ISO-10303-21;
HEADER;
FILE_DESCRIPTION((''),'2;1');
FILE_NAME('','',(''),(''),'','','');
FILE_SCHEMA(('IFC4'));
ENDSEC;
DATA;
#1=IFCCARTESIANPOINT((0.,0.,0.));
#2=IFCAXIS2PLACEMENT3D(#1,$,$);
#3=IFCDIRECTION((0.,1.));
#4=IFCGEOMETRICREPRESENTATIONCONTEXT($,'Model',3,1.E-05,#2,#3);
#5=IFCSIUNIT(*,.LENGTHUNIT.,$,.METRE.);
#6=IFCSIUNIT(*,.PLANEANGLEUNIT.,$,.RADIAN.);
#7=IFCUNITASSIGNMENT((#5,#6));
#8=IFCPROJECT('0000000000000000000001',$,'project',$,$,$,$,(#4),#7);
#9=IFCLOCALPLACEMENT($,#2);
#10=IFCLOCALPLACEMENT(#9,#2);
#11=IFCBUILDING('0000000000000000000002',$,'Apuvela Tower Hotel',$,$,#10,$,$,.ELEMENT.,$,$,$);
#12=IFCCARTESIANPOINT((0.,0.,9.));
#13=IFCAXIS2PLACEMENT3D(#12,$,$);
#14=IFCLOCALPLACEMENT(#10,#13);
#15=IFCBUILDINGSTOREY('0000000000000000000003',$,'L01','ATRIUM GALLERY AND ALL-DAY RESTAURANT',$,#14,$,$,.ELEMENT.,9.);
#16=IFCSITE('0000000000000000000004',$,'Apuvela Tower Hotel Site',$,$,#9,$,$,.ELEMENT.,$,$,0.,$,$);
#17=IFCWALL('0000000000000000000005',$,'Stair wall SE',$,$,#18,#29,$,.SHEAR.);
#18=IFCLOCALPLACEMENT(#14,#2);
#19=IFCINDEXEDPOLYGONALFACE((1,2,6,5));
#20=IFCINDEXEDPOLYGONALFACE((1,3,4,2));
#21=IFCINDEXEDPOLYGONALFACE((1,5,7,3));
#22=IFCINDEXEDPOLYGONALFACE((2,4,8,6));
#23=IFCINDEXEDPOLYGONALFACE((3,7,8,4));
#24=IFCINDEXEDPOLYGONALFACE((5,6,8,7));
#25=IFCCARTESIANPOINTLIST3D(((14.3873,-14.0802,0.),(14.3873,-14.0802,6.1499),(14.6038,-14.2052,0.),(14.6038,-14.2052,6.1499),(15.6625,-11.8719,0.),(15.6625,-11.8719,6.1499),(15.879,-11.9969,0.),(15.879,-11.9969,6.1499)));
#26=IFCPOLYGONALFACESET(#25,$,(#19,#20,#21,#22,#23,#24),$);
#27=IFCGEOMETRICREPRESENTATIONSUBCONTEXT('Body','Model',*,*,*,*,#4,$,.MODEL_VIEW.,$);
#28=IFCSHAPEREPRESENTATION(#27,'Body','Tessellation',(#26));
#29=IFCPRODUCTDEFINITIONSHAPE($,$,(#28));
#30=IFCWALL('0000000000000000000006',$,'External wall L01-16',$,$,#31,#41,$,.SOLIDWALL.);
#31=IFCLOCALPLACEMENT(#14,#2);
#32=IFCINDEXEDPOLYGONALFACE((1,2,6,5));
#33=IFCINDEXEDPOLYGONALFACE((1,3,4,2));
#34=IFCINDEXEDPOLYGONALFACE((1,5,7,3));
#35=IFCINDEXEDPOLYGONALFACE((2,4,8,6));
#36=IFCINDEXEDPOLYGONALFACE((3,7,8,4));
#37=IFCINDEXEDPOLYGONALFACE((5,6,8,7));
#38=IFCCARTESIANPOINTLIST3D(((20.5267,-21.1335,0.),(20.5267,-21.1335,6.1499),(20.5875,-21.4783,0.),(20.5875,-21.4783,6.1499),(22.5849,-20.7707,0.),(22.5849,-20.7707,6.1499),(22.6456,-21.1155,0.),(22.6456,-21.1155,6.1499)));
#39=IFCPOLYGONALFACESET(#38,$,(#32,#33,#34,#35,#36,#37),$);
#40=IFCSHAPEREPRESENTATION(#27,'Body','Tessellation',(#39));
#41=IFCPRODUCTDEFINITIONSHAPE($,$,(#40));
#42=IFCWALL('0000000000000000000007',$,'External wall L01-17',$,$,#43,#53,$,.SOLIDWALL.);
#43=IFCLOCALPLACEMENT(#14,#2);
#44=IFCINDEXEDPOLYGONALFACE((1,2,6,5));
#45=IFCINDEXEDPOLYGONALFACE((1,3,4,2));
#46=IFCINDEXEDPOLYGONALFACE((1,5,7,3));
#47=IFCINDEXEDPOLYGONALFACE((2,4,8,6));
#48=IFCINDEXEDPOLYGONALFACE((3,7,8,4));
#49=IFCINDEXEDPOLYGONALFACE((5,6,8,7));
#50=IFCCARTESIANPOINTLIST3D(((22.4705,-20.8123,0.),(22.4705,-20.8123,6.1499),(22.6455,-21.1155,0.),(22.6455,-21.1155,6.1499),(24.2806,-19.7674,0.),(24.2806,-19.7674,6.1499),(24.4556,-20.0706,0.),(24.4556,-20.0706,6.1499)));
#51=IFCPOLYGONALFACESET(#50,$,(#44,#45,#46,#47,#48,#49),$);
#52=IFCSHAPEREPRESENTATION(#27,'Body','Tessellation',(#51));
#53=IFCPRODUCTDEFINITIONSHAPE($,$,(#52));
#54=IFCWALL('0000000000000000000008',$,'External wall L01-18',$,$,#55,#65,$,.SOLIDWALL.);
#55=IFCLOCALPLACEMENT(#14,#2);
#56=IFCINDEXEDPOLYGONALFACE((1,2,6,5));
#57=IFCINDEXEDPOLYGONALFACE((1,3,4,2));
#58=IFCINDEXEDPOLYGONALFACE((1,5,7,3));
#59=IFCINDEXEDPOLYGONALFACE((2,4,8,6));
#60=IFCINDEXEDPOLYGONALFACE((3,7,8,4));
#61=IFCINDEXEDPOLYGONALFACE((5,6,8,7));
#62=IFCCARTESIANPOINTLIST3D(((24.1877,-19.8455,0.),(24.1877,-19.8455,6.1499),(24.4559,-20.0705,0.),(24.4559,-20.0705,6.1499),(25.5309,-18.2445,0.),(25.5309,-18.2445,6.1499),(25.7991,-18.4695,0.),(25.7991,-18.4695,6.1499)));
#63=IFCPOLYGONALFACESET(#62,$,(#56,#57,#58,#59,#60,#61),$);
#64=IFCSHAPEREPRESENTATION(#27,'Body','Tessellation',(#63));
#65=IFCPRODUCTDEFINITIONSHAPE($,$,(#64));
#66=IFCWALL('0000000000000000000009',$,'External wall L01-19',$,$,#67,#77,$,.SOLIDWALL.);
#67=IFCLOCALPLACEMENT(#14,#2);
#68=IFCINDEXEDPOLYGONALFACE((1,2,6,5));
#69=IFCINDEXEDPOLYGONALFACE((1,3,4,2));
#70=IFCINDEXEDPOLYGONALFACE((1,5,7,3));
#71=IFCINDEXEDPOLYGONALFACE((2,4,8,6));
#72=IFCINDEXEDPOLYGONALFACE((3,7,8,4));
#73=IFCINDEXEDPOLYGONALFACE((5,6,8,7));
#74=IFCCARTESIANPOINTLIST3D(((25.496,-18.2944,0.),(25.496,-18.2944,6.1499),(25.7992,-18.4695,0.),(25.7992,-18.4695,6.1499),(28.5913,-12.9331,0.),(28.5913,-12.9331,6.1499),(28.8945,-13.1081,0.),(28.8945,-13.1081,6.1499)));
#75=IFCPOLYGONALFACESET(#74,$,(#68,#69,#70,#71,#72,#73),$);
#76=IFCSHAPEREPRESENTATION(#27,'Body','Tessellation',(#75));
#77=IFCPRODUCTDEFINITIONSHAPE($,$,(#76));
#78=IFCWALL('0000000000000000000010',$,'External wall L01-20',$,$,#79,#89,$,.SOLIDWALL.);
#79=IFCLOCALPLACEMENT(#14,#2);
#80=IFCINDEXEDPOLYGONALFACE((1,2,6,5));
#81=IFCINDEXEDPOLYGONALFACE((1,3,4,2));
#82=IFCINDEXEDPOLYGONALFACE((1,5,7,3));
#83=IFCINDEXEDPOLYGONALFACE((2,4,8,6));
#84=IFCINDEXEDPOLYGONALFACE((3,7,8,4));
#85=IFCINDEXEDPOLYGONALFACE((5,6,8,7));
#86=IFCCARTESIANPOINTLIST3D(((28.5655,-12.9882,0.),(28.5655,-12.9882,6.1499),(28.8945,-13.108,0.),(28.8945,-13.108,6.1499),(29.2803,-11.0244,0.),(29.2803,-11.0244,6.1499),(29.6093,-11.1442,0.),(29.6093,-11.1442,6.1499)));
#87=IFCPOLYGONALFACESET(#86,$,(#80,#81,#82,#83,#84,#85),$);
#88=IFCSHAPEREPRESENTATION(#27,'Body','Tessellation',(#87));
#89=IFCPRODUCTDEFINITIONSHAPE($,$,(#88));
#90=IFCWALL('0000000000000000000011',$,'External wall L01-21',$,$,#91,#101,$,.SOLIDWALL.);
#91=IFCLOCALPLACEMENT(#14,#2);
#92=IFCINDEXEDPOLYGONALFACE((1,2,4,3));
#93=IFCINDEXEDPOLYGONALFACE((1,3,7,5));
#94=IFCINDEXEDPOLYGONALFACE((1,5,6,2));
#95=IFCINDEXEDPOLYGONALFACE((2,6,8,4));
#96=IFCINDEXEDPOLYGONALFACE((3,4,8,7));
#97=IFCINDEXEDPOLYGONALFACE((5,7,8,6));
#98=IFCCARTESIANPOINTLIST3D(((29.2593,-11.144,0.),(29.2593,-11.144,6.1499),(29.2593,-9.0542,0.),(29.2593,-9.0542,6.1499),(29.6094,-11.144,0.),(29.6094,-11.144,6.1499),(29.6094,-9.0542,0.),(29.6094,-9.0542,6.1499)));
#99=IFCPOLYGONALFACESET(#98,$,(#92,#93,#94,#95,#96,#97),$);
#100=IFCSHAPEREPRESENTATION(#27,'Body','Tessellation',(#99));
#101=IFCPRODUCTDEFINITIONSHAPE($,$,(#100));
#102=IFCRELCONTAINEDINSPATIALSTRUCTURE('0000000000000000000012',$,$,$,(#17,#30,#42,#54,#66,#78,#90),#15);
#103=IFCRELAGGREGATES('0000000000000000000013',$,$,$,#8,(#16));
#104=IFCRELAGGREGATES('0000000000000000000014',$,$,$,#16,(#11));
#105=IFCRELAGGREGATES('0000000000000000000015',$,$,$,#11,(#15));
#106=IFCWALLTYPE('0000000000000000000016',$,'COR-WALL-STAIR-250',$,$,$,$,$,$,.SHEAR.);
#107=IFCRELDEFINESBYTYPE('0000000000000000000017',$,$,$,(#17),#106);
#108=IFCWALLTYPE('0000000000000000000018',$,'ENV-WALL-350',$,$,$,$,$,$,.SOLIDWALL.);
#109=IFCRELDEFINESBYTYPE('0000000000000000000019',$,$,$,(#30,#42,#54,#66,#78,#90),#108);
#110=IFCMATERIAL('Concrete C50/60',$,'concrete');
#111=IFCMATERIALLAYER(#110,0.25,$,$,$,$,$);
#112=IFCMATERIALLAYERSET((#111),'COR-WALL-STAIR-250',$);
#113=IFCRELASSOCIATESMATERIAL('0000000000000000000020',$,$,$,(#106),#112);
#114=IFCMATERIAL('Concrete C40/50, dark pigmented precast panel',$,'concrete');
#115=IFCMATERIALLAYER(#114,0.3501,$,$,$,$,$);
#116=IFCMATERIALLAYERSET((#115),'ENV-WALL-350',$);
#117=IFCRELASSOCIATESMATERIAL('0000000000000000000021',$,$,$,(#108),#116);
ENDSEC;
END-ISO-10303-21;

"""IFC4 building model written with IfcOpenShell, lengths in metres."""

from ifc_helpers import new_model, si_unit, direction, frame, frame_2d, origin, place, context, subcontext, project, spatial, rectangle, extrude, material, layer, layer_set, type_object, element, save


model = new_model("IFC4")

# Units and contexts
model_context = context("Model", 3, precision=1e-05, world=origin(), true_north=direction((0.0, 1.0)))
body_context = subcontext(model_context, "Body", "Model", "MODEL_VIEW")
ifc_project = project(units=[si_unit("LENGTHUNIT", "METRE"), si_unit("PLANEANGLEUNIT", "RADIAN")], contexts=[model_context])

# Site, building, storey
site_placement = place(None, origin())
site = spatial("IfcSite", under=ifc_project, at=site_placement, Name="Apuvela Tower Hotel Site", CompositionType="ELEMENT", RefElevation=0.0)
building_placement = place(site_placement, origin())
building = spatial("IfcBuilding", under=site, at=building_placement, Name="Apuvela Tower Hotel", CompositionType="ELEMENT")
storey_placement = place(building_placement, frame((0.0, 0.0, 9.0)))
storey = spatial("IfcBuildingStorey", under=building, at=storey_placement, Name="L01", Description="ATRIUM GALLERY AND ALL-DAY RESTAURANT", CompositionType="ELEMENT", Elevation=9.0)

# Shared definitions
ifc_material_1 = material(Name="Concrete C50/60", Category="concrete")

# Walls
ifc_layer_1 = layer(ifc_material_1, 0.25)
ifc_layer_set_1 = layer_set([ifc_layer_1], Name="COR-WALL-STAIR-250")
wall_type_1 = type_object("IfcWallType", Name="COR-WALL-STAIR-250", PredefinedType="SHEAR", material=ifc_layer_set_1)
wall_1_placement = place(storey_placement, frame((14.4956, -14.1426, 0.0), z_axis=(0.0, 0.0, 1.0), x_axis=(0.500062, 0.865989, 0.0)))
element("IfcWall", 1, at=wall_1_placement, inside=storey, type_object=wall_type_1, Name="Stair wall SE", PredefinedType="SHEAR", context=body_context, shape_type="SweptSolid", body=[
    extrude(rectangle(XDim=2.55, YDim=0.25, at=frame_2d((1.2749, 0.0))), origin(), (0.0, 0.0, 1.0), 6.1499),
])
ifc_material_2 = material(Name="Concrete C40/50, dark pigmented precast panel", Category="concrete")
ifc_layer_2 = layer(ifc_material_2, 0.3501)
ifc_layer_set_2 = layer_set([ifc_layer_2], Name="ENV-WALL-350")
wall_type_2 = type_object("IfcWallType", Name="ENV-WALL-350", PredefinedType="SOLIDWALL", material=ifc_layer_set_2)
wall_2_placement = place(storey_placement, frame((20.5571, -21.3059, 0.0), z_axis=(0.0, 0.0, 1.0), x_axis=(0.984816, 0.173599, 0.0)))
element("IfcWall", 2, at=wall_2_placement, inside=storey, type_object=wall_type_2, Name="External wall L01-16", PredefinedType="SOLIDWALL", context=body_context, shape_type="SweptSolid", body=[
    extrude(rectangle(XDim=2.0898, YDim=0.3501, at=frame_2d((1.0449, 0.0))), origin(), (0.0, 0.0, 1.0), 6.1499),
])
wall_3_placement = place(storey_placement, frame((22.5581, -20.9639, 0.0), z_axis=(0.0, 0.0, 1.0), x_axis=(0.866049, 0.499958, 0.0)))
element("IfcWall", 3, at=wall_3_placement, inside=storey, type_object=wall_type_2, Name="External wall L01-17", PredefinedType="SOLIDWALL", context=body_context, shape_type="SweptSolid", body=[
    extrude(rectangle(XDim=2.0901, YDim=0.3501, at=frame_2d((1.0449, 0.0))), origin(), (0.0, 0.0, 1.0), 6.1499),
])
wall_4_placement = place(storey_placement, frame((24.3218, -19.958, 0.0), z_axis=(0.0, 0.0, 1.0), x_axis=(0.642732, 0.766091, 0.0)))
element("IfcWall", 4, at=wall_4_placement, inside=storey, type_object=wall_type_2, Name="External wall L01-18", PredefinedType="SOLIDWALL", context=body_context, shape_type="SweptSolid", body=[
    extrude(rectangle(XDim=2.0898, YDim=0.3501, at=frame_2d((1.0449, 0.0))), origin(), (0.0, 0.0, 1.0), 6.1499),
])
wall_5_placement = place(storey_placement, frame((25.6477, -18.3818, 0.0), z_axis=(0.0, 0.0, 1.0), x_axis=(0.499982, 0.866036, 0.0)))
element("IfcWall", 5, at=wall_5_placement, inside=storey, type_object=wall_type_2, Name="External wall L01-19", PredefinedType="SOLIDWALL", context=body_context, shape_type="SweptSolid", body=[
    extrude(rectangle(XDim=6.1907, YDim=0.3501, at=frame_2d((3.0952, 0.0))), origin(), (0.0, 0.0, 1.0), 6.1499),
])
for number, where, z_axis, x_axis, name in (
    (6, (28.73, -13.0481, 0.0), (0.0, 0.0, 1.0), (0.342043, 0.939684, 0.0), "External wall L01-20"),
    (7, (29.4343, -11.144, 0.0), (0.0, 0.0, 1.0), (0.0, 1.0, 0.0), "External wall L01-21"),
):
    element("IfcWall", number, at=place(storey_placement, frame(where, z_axis=z_axis, x_axis=x_axis)), inside=storey, type_object=wall_type_2, Name=name, PredefinedType="SOLIDWALL", context=body_context, shape_type="SweptSolid", body=[
        extrude(rectangle(XDim=2.0898, YDim=0.3501, at=frame_2d((1.0449, 0.0))), origin(), (0.0, 0.0, 1.0), 6.1499),
    ])

save(model, "model.ifc")
